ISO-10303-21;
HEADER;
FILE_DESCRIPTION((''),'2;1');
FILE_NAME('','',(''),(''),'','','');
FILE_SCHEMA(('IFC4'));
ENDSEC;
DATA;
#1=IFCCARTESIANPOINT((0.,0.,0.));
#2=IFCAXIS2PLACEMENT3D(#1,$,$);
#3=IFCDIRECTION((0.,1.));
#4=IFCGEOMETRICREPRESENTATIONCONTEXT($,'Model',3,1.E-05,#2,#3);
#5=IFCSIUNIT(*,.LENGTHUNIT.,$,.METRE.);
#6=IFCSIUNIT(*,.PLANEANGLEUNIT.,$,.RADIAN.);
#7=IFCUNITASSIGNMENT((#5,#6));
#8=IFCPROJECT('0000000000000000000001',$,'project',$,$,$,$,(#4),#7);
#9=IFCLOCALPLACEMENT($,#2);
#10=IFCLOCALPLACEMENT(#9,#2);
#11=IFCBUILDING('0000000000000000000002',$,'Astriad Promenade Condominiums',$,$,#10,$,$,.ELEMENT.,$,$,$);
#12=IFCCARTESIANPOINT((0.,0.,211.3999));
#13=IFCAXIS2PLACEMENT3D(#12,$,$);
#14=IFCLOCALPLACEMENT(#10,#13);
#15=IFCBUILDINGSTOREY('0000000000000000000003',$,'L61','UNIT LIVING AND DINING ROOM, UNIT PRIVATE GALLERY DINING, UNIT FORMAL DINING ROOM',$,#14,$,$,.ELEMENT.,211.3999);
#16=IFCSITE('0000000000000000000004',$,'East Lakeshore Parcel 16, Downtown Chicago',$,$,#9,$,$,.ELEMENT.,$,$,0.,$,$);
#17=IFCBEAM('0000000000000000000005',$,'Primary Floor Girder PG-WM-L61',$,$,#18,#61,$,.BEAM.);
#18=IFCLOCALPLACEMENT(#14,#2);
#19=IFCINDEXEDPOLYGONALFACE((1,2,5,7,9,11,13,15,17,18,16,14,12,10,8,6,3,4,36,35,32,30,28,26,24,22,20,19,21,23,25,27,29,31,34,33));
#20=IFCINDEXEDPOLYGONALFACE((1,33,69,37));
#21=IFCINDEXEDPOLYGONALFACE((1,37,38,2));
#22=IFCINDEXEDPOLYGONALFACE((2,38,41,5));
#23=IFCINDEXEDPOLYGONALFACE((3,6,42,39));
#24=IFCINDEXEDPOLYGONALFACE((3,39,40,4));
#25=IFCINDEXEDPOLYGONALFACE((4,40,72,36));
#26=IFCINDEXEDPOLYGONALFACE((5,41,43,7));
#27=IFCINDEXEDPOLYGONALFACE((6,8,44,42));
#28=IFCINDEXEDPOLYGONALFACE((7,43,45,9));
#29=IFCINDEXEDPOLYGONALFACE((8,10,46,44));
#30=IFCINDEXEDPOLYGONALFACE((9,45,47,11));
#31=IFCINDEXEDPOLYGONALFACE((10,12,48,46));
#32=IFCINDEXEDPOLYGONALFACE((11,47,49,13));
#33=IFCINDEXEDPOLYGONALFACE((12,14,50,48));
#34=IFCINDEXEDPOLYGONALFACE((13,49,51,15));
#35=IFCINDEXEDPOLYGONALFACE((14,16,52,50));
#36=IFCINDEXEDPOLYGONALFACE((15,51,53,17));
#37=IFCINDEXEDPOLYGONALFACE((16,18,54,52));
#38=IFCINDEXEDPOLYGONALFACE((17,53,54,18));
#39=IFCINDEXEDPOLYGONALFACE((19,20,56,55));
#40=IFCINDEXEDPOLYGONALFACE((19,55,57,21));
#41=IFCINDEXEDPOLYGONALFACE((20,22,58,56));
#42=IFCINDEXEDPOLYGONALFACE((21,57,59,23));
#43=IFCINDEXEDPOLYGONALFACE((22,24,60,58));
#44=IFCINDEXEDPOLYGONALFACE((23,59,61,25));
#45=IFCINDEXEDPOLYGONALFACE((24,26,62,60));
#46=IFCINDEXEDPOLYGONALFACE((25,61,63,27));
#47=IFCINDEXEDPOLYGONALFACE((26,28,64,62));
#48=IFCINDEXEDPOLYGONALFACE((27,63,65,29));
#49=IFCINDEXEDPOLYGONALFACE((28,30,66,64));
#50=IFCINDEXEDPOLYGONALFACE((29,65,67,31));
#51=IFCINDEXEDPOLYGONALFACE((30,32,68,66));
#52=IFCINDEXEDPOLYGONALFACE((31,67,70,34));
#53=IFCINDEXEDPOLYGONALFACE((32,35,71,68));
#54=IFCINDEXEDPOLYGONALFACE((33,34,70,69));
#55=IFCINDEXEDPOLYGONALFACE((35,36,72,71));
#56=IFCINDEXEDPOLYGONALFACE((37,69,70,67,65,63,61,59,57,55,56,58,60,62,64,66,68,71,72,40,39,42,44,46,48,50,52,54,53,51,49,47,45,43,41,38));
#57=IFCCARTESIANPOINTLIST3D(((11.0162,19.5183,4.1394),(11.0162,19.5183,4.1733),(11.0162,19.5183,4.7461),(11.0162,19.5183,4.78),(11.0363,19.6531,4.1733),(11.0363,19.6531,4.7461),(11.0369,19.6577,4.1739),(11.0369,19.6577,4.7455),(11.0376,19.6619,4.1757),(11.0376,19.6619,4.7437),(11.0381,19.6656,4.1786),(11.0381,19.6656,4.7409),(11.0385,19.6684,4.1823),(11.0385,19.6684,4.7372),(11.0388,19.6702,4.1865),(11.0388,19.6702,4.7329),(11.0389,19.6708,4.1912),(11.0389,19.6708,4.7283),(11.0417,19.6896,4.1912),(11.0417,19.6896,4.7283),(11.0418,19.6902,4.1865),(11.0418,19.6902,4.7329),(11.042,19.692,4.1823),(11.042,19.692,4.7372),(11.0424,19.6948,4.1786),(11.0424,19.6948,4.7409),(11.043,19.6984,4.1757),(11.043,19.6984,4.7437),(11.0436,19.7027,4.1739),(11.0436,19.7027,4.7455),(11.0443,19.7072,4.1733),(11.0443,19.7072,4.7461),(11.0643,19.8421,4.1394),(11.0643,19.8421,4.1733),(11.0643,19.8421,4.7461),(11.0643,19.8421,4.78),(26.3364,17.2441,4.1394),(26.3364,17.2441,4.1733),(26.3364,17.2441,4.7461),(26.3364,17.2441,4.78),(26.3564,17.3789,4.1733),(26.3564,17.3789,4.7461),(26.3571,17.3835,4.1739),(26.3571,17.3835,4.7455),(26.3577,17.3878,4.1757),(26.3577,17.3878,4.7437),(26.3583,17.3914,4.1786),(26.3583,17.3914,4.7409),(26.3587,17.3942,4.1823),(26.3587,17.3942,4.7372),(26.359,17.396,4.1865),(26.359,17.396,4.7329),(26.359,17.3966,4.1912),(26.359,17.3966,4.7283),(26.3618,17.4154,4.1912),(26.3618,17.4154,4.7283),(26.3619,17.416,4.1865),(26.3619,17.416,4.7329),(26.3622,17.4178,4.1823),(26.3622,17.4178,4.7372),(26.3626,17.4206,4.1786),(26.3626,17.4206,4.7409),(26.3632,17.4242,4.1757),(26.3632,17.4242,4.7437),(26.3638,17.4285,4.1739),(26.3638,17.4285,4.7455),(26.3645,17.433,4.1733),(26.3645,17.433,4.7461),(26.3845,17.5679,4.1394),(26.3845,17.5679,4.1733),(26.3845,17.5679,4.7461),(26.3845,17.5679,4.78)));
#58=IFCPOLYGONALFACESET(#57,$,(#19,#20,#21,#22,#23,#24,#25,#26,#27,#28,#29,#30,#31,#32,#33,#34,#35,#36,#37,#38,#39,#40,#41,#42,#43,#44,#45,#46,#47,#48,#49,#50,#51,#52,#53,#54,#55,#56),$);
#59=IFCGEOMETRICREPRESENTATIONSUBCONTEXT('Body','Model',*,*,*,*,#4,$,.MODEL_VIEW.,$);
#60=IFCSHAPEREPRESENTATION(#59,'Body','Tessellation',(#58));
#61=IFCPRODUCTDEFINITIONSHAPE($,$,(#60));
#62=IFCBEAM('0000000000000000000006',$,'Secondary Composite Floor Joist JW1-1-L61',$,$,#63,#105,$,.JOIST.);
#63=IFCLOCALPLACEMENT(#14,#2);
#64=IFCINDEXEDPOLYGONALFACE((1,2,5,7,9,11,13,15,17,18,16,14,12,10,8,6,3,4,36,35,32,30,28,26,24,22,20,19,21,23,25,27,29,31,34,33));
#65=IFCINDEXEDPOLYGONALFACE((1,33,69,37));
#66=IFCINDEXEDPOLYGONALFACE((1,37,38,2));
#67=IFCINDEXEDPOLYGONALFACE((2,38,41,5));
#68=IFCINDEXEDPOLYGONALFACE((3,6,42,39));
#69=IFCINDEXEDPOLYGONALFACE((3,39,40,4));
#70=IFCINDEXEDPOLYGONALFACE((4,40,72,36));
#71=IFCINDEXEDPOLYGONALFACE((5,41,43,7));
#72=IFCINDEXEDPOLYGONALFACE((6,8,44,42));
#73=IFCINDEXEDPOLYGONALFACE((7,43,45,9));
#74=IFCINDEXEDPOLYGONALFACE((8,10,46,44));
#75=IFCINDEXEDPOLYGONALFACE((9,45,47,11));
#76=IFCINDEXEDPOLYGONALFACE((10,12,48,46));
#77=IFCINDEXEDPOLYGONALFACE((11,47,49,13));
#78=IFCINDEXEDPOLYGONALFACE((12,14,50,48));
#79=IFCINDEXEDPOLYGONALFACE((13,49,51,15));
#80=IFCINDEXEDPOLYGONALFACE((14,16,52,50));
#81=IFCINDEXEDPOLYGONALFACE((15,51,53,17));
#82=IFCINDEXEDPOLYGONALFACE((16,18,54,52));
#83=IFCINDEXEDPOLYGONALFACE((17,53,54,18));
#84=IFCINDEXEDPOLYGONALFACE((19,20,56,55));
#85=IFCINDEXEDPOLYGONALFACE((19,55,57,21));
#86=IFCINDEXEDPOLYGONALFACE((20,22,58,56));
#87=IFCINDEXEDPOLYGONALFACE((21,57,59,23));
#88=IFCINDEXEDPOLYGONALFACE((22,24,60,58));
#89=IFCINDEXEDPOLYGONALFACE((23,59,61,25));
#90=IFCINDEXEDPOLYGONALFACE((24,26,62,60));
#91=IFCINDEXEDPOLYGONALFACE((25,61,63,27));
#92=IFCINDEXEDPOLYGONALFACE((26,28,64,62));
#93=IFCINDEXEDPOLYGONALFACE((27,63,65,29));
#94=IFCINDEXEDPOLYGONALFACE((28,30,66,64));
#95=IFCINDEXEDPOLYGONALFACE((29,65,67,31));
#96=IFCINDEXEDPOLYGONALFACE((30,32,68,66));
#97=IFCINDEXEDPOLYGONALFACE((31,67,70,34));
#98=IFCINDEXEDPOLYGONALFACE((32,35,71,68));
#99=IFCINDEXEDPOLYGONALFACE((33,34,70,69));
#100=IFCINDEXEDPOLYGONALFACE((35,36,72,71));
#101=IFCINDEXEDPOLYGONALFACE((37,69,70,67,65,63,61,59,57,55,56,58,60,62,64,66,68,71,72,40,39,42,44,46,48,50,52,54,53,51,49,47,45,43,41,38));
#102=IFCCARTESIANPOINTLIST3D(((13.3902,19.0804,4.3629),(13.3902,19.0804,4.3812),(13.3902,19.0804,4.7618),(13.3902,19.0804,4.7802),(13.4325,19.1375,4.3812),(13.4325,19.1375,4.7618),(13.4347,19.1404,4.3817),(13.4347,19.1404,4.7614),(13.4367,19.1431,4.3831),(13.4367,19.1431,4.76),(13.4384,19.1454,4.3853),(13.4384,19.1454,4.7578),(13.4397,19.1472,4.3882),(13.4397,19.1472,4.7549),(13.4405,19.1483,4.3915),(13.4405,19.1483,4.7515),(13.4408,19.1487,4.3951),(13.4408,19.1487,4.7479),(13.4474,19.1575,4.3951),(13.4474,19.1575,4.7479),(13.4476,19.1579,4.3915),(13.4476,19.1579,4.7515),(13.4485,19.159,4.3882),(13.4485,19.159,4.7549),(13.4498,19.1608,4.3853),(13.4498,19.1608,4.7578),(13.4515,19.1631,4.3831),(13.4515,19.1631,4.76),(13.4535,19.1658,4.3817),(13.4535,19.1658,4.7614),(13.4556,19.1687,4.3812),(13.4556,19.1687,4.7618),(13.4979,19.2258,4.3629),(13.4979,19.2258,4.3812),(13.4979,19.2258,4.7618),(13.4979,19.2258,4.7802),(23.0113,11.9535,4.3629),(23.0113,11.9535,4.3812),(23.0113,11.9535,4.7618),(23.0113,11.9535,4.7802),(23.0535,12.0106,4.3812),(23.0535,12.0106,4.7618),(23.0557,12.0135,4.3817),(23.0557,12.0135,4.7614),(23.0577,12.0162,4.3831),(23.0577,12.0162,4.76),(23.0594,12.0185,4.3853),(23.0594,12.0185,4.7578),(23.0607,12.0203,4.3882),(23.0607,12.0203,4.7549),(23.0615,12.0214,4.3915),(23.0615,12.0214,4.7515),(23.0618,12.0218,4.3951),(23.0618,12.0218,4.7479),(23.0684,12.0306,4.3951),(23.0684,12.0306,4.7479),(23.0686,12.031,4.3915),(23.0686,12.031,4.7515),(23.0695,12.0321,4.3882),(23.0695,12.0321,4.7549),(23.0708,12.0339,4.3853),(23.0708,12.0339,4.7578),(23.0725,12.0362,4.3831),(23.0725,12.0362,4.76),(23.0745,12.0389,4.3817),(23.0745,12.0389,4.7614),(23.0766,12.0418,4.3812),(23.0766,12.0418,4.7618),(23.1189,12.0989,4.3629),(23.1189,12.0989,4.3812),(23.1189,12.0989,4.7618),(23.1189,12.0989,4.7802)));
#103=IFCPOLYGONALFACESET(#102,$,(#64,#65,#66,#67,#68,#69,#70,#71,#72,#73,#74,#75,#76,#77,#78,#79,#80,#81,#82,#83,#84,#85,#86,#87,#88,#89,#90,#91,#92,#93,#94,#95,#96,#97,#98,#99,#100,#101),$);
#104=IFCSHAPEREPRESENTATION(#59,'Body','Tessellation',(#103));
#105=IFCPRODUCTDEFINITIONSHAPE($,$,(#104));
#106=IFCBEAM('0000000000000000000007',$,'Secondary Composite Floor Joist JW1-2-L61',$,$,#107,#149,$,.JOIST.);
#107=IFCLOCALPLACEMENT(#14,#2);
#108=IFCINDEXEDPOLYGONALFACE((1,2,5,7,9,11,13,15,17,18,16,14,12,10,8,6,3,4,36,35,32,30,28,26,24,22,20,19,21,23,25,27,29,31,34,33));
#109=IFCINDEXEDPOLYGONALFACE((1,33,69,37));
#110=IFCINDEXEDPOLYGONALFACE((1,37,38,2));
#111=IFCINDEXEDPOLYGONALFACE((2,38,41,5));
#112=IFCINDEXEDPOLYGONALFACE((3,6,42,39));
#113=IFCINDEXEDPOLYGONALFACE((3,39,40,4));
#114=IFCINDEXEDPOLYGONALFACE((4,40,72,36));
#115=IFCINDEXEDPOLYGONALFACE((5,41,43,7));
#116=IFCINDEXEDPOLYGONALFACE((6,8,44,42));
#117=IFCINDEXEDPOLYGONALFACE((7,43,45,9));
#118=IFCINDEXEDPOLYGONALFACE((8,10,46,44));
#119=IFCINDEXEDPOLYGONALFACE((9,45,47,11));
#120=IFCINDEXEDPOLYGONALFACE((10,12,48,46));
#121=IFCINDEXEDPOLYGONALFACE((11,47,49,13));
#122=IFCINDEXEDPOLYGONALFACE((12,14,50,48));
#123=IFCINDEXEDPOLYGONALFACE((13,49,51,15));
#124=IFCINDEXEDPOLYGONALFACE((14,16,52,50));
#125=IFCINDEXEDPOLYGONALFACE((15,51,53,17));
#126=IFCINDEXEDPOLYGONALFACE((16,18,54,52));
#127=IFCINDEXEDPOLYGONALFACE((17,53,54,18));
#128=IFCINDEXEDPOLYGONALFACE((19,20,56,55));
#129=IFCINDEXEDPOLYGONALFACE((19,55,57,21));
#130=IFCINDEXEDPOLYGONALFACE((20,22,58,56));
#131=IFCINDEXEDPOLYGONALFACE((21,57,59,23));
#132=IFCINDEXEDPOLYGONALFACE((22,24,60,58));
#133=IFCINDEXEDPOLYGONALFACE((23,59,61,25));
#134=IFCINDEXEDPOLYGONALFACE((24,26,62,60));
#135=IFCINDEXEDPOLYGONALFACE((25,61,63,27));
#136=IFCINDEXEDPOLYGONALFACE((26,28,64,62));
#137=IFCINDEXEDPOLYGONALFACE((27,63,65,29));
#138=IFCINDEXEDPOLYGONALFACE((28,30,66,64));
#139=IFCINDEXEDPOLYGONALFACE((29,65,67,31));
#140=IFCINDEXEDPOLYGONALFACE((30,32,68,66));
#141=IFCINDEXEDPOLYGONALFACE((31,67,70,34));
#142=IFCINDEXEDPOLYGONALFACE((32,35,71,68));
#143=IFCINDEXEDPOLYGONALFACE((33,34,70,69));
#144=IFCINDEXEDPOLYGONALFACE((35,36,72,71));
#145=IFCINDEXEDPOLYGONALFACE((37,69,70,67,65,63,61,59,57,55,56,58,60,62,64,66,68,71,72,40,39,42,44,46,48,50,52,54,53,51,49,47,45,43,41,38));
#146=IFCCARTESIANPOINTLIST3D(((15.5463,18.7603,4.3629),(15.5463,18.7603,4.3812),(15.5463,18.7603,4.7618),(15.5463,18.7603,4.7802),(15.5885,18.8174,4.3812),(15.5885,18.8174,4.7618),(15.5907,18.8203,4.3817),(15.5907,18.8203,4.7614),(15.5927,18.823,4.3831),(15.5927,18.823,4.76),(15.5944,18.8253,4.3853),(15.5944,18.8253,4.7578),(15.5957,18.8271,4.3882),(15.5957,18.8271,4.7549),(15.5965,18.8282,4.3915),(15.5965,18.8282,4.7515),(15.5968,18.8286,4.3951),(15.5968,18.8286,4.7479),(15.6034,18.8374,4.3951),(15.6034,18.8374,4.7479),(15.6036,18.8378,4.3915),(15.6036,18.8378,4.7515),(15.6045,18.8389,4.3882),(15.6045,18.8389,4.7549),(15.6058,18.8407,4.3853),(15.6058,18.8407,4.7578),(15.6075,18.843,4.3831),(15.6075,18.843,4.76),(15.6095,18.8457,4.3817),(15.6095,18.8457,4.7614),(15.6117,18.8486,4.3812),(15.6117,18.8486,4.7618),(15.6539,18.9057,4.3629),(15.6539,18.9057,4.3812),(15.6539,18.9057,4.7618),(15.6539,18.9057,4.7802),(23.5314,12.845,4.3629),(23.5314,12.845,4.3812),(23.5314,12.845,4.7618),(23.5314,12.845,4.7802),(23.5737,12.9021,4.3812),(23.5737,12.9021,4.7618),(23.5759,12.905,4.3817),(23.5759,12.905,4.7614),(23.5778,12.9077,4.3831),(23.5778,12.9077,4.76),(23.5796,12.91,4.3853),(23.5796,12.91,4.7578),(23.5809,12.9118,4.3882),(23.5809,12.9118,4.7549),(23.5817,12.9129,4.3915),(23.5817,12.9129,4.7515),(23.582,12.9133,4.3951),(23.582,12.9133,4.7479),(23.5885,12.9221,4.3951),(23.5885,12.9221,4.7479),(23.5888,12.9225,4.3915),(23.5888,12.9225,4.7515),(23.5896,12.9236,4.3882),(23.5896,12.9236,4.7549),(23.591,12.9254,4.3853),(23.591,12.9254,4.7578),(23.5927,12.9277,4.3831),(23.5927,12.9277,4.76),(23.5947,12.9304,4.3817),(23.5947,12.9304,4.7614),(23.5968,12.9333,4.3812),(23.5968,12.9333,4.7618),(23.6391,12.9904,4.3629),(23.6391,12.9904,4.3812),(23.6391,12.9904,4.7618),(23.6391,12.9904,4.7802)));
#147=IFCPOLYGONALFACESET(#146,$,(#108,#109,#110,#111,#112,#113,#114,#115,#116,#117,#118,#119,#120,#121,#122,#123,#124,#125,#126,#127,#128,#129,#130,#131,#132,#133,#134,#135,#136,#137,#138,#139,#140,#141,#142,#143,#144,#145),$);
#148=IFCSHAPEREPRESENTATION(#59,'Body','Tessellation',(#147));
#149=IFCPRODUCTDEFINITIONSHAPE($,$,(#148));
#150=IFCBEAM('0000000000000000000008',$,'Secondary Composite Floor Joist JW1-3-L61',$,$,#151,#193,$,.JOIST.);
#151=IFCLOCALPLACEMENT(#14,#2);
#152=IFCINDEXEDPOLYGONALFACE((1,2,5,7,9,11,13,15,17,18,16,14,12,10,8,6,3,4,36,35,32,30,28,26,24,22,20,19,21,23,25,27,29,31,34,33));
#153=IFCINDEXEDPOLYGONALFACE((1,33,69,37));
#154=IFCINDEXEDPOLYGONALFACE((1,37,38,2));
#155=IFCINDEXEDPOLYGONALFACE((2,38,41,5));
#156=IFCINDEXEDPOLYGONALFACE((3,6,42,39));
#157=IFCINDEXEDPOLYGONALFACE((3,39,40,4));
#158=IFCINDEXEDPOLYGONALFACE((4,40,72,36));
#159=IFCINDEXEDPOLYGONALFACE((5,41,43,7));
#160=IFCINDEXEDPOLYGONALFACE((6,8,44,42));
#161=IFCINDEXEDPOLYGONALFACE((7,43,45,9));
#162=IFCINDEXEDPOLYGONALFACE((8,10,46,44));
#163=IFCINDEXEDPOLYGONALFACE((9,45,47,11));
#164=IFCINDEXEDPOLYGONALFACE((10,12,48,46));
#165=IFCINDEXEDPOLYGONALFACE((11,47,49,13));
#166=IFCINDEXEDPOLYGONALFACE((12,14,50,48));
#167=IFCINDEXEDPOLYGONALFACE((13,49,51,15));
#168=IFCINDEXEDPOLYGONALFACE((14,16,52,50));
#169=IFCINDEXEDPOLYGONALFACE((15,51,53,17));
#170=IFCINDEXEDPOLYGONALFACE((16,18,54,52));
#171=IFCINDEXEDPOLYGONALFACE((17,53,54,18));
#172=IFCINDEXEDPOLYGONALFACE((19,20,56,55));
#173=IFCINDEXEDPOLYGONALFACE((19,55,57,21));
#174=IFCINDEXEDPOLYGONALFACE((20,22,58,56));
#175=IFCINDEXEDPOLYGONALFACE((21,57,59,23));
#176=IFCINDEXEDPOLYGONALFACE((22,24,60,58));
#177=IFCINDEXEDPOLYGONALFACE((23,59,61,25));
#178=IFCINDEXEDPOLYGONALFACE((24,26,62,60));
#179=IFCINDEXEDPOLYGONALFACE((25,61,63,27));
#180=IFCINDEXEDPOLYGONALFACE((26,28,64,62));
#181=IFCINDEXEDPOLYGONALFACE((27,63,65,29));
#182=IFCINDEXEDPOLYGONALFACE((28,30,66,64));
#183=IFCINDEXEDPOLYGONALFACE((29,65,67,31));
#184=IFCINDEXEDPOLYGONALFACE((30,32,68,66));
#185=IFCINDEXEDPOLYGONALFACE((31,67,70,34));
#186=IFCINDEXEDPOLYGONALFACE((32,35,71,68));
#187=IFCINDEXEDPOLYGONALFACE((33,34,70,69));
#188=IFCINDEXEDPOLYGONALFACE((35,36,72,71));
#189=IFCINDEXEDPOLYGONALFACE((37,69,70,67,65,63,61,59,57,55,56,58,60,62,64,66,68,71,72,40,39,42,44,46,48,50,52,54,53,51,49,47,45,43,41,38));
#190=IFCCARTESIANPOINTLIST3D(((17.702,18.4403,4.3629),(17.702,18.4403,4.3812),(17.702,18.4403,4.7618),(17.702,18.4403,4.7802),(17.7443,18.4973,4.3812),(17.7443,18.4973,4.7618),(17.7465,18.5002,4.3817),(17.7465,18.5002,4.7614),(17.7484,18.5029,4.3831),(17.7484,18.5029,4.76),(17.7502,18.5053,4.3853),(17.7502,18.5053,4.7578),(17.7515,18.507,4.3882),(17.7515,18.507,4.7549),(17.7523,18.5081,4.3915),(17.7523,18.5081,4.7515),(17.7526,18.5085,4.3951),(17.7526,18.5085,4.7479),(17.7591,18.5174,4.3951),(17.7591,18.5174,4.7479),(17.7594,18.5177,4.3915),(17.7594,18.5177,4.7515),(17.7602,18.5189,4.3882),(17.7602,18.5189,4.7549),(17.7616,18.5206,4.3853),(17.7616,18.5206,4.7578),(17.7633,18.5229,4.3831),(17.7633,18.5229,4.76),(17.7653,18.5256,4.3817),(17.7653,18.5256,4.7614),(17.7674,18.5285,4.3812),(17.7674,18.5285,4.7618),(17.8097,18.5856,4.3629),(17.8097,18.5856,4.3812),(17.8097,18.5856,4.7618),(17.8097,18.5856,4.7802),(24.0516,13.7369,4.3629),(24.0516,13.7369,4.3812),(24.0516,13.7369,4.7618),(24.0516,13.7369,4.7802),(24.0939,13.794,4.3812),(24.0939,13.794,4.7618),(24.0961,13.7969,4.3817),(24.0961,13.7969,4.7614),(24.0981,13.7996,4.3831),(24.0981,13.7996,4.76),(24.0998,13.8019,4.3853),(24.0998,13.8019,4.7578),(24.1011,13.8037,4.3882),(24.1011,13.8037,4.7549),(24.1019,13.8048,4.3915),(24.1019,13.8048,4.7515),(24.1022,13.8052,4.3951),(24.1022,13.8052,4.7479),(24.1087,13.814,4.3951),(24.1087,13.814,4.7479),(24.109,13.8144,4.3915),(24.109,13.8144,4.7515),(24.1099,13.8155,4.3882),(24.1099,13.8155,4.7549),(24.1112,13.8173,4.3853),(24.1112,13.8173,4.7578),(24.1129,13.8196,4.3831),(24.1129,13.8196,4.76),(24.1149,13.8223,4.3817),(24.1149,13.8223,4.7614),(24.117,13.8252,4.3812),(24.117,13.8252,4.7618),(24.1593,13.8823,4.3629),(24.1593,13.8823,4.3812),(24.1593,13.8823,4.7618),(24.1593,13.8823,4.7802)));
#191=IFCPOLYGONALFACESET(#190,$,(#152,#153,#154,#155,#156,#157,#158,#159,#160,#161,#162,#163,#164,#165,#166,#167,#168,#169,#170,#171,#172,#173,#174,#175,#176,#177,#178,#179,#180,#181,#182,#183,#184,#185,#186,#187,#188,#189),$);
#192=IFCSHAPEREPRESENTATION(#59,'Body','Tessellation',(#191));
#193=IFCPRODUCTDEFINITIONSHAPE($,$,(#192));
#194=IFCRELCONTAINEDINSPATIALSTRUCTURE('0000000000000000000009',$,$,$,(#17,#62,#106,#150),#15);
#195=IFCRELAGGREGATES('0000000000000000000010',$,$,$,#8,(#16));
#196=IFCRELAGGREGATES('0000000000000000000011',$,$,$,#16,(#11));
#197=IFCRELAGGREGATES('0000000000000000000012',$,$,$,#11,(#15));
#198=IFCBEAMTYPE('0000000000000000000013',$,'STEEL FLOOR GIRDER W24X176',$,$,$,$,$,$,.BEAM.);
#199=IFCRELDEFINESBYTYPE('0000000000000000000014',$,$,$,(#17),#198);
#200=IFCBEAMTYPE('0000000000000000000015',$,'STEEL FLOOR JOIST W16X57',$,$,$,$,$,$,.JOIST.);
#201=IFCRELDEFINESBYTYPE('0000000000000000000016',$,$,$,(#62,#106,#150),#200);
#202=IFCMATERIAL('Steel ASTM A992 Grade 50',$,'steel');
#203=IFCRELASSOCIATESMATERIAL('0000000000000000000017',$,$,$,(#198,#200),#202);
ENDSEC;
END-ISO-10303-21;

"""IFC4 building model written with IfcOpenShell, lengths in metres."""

from ifc_helpers import new_model, si_unit, direction, frame, origin, origin_2d, place, context, subcontext, project, spatial, i_section, extrude, source, transform, mapped, material, material_profile, profile_set, type_object, type_shapes, element, save


model = new_model("IFC4")

# Units and contexts
model_context = context("Model", 3, precision=1e-05, world=origin(), true_north=direction((0.0, 1.0)))
body_context = subcontext(model_context, "Body", "Model", "MODEL_VIEW")
ifc_project = project(units=[si_unit("LENGTHUNIT", "METRE"), si_unit("PLANEANGLEUNIT", "RADIAN")], contexts=[model_context])

# Site, building, storey
site_placement = place(None, origin())
site = spatial("IfcSite", under=ifc_project, at=site_placement, Name="East Lakeshore Parcel 16, Downtown Chicago", CompositionType="ELEMENT", RefElevation=0.0)
building_placement = place(site_placement, origin())
building = spatial("IfcBuilding", under=site, at=building_placement, Name="Astriad Promenade Condominiums", CompositionType="ELEMENT")
storey_placement = place(building_placement, frame((0.0, 0.0, 211.3999)))
storey = spatial("IfcBuildingStorey", under=building, at=storey_placement, Name="L61", Description="UNIT LIVING AND DINING ROOM, UNIT PRIVATE GALLERY DINING, UNIT FORMAL DINING ROOM", CompositionType="ELEMENT", Elevation=211.3999)

# Shared definitions
ifc_material_1 = material(Name="Steel ASTM A992 Grade 50", Category="steel")

# Beams
ifc_material_profile_1 = material_profile(ifc_material_1, i_section(OverallWidth=0.3274, OverallDepth=0.6406, WebThickness=0.019, FlangeThickness=0.0339, FilletRadius=0.0178, at=origin_2d()), Name="W24X176")
ifc_profile_set_1 = profile_set([ifc_material_profile_1], Name="Steel ASTM A992 Grade 50")
beam_type_1 = type_object("IfcBeamType", Name="STEEL FLOOR GIRDER W24X176", PredefinedType="BEAM", material=ifc_profile_set_1)
shared_shape_1 = source(origin(), body_context, "Body", "SweptSolid", [
    extrude(i_section(OverallWidth=0.3274, OverallDepth=0.6406, WebThickness=0.019, FlangeThickness=0.0339, FilletRadius=0.0178, at=origin_2d()), origin(), (0.0, 0.0, 1.0), 15.488),
])
type_shapes(beam_type_1, [shared_shape_1])
beam_1_placement = place(storey_placement, frame((11.0403, 19.6802, 4.4597), z_axis=(0.989161, -0.146835, 0.0), x_axis=(0.146835, 0.989161, 0.0)))
element("IfcBeam", 1, at=beam_1_placement, inside=storey, type_object=beam_type_1, Name="Primary Floor Girder PG-WM-L61", PredefinedType="BEAM", context=body_context, shape_type="MappedRepresentation", body=[
    mapped(shared_shape_1, transform((0.0, 0.0, 0.0), scale=1.0)),
])
ifc_material_profile_2 = material_profile(ifc_material_1, i_section(OverallWidth=0.1809, OverallDepth=0.4172, WebThickness=0.011, FlangeThickness=0.0183, FilletRadius=0.0139, at=origin_2d()), Name="W16X57")
ifc_profile_set_2 = profile_set([ifc_material_profile_2], Name="Steel ASTM A992 Grade 50")
beam_type_2 = type_object("IfcBeamType", Name="STEEL FLOOR JOIST W16X57", PredefinedType="JOIST", material=ifc_profile_set_2)
shared_shape_2 = source(origin(), body_context, "Body", "SweptSolid", [
    extrude(i_section(OverallWidth=0.1809, OverallDepth=0.4172, WebThickness=0.011, FlangeThickness=0.0183, FilletRadius=0.0139, at=origin_2d()), origin(), (0.0, 0.0, 1.0), 11.9731),
])
beam_2_placement = place(storey_placement, frame((13.4441, 19.1531, 4.5715), z_axis=(0.803549, -0.595239, 0.0), x_axis=(0.595239, 0.803549, 0.0)))
element("IfcBeam", 2, at=beam_2_placement, inside=storey, type_object=beam_type_2, Name="Secondary Composite Floor Joist JW1-1-L61", PredefinedType="JOIST", context=body_context, shape_type="MappedRepresentation", body=[
    mapped(shared_shape_2, transform((0.0, 0.0, 0.0), scale=1.0)),
])
shared_shape_3 = source(origin(), body_context, "Body", "SweptSolid", [
    extrude(i_section(OverallWidth=0.1809, OverallDepth=0.4172, WebThickness=0.011, FlangeThickness=0.0183, FilletRadius=0.0139, at=origin_2d()), origin(), (0.0, 0.0, 1.0), 9.9375),
])
beam_3_placement = place(storey_placement, frame((15.6001, 18.833, 4.5715), z_axis=(0.803538, -0.595253, 0.0), x_axis=(0.595253, 0.803538, 0.0)))
element("IfcBeam", 3, at=beam_3_placement, inside=storey, type_object=beam_type_2, Name="Secondary Composite Floor Joist JW1-2-L61", PredefinedType="JOIST", context=body_context, shape_type="MappedRepresentation", body=[
    mapped(shared_shape_3, transform((0.0, 0.0, 0.0), scale=1.0)),
])
shared_shape_4 = source(origin(), body_context, "Body", "SweptSolid", [
    extrude(i_section(OverallWidth=0.1809, OverallDepth=0.4172, WebThickness=0.011, FlangeThickness=0.0183, FilletRadius=0.0139, at=origin_2d()), origin(), (0.0, 0.0, 1.0), 7.9019),
])
type_shapes(beam_type_2, [shared_shape_2, shared_shape_3, shared_shape_4])
beam_4_placement = place(storey_placement, frame((17.7559, 18.5129, 4.5715), z_axis=(0.80356, -0.595224, 0.0), x_axis=(0.595224, 0.80356, 0.0)))
element("IfcBeam", 4, at=beam_4_placement, inside=storey, type_object=beam_type_2, Name="Secondary Composite Floor Joist JW1-3-L61", PredefinedType="JOIST", context=body_context, shape_type="MappedRepresentation", body=[
    mapped(shared_shape_4, transform((0.0, 0.0, 0.0), scale=1.0)),
])

save(model, "model.ifc")
